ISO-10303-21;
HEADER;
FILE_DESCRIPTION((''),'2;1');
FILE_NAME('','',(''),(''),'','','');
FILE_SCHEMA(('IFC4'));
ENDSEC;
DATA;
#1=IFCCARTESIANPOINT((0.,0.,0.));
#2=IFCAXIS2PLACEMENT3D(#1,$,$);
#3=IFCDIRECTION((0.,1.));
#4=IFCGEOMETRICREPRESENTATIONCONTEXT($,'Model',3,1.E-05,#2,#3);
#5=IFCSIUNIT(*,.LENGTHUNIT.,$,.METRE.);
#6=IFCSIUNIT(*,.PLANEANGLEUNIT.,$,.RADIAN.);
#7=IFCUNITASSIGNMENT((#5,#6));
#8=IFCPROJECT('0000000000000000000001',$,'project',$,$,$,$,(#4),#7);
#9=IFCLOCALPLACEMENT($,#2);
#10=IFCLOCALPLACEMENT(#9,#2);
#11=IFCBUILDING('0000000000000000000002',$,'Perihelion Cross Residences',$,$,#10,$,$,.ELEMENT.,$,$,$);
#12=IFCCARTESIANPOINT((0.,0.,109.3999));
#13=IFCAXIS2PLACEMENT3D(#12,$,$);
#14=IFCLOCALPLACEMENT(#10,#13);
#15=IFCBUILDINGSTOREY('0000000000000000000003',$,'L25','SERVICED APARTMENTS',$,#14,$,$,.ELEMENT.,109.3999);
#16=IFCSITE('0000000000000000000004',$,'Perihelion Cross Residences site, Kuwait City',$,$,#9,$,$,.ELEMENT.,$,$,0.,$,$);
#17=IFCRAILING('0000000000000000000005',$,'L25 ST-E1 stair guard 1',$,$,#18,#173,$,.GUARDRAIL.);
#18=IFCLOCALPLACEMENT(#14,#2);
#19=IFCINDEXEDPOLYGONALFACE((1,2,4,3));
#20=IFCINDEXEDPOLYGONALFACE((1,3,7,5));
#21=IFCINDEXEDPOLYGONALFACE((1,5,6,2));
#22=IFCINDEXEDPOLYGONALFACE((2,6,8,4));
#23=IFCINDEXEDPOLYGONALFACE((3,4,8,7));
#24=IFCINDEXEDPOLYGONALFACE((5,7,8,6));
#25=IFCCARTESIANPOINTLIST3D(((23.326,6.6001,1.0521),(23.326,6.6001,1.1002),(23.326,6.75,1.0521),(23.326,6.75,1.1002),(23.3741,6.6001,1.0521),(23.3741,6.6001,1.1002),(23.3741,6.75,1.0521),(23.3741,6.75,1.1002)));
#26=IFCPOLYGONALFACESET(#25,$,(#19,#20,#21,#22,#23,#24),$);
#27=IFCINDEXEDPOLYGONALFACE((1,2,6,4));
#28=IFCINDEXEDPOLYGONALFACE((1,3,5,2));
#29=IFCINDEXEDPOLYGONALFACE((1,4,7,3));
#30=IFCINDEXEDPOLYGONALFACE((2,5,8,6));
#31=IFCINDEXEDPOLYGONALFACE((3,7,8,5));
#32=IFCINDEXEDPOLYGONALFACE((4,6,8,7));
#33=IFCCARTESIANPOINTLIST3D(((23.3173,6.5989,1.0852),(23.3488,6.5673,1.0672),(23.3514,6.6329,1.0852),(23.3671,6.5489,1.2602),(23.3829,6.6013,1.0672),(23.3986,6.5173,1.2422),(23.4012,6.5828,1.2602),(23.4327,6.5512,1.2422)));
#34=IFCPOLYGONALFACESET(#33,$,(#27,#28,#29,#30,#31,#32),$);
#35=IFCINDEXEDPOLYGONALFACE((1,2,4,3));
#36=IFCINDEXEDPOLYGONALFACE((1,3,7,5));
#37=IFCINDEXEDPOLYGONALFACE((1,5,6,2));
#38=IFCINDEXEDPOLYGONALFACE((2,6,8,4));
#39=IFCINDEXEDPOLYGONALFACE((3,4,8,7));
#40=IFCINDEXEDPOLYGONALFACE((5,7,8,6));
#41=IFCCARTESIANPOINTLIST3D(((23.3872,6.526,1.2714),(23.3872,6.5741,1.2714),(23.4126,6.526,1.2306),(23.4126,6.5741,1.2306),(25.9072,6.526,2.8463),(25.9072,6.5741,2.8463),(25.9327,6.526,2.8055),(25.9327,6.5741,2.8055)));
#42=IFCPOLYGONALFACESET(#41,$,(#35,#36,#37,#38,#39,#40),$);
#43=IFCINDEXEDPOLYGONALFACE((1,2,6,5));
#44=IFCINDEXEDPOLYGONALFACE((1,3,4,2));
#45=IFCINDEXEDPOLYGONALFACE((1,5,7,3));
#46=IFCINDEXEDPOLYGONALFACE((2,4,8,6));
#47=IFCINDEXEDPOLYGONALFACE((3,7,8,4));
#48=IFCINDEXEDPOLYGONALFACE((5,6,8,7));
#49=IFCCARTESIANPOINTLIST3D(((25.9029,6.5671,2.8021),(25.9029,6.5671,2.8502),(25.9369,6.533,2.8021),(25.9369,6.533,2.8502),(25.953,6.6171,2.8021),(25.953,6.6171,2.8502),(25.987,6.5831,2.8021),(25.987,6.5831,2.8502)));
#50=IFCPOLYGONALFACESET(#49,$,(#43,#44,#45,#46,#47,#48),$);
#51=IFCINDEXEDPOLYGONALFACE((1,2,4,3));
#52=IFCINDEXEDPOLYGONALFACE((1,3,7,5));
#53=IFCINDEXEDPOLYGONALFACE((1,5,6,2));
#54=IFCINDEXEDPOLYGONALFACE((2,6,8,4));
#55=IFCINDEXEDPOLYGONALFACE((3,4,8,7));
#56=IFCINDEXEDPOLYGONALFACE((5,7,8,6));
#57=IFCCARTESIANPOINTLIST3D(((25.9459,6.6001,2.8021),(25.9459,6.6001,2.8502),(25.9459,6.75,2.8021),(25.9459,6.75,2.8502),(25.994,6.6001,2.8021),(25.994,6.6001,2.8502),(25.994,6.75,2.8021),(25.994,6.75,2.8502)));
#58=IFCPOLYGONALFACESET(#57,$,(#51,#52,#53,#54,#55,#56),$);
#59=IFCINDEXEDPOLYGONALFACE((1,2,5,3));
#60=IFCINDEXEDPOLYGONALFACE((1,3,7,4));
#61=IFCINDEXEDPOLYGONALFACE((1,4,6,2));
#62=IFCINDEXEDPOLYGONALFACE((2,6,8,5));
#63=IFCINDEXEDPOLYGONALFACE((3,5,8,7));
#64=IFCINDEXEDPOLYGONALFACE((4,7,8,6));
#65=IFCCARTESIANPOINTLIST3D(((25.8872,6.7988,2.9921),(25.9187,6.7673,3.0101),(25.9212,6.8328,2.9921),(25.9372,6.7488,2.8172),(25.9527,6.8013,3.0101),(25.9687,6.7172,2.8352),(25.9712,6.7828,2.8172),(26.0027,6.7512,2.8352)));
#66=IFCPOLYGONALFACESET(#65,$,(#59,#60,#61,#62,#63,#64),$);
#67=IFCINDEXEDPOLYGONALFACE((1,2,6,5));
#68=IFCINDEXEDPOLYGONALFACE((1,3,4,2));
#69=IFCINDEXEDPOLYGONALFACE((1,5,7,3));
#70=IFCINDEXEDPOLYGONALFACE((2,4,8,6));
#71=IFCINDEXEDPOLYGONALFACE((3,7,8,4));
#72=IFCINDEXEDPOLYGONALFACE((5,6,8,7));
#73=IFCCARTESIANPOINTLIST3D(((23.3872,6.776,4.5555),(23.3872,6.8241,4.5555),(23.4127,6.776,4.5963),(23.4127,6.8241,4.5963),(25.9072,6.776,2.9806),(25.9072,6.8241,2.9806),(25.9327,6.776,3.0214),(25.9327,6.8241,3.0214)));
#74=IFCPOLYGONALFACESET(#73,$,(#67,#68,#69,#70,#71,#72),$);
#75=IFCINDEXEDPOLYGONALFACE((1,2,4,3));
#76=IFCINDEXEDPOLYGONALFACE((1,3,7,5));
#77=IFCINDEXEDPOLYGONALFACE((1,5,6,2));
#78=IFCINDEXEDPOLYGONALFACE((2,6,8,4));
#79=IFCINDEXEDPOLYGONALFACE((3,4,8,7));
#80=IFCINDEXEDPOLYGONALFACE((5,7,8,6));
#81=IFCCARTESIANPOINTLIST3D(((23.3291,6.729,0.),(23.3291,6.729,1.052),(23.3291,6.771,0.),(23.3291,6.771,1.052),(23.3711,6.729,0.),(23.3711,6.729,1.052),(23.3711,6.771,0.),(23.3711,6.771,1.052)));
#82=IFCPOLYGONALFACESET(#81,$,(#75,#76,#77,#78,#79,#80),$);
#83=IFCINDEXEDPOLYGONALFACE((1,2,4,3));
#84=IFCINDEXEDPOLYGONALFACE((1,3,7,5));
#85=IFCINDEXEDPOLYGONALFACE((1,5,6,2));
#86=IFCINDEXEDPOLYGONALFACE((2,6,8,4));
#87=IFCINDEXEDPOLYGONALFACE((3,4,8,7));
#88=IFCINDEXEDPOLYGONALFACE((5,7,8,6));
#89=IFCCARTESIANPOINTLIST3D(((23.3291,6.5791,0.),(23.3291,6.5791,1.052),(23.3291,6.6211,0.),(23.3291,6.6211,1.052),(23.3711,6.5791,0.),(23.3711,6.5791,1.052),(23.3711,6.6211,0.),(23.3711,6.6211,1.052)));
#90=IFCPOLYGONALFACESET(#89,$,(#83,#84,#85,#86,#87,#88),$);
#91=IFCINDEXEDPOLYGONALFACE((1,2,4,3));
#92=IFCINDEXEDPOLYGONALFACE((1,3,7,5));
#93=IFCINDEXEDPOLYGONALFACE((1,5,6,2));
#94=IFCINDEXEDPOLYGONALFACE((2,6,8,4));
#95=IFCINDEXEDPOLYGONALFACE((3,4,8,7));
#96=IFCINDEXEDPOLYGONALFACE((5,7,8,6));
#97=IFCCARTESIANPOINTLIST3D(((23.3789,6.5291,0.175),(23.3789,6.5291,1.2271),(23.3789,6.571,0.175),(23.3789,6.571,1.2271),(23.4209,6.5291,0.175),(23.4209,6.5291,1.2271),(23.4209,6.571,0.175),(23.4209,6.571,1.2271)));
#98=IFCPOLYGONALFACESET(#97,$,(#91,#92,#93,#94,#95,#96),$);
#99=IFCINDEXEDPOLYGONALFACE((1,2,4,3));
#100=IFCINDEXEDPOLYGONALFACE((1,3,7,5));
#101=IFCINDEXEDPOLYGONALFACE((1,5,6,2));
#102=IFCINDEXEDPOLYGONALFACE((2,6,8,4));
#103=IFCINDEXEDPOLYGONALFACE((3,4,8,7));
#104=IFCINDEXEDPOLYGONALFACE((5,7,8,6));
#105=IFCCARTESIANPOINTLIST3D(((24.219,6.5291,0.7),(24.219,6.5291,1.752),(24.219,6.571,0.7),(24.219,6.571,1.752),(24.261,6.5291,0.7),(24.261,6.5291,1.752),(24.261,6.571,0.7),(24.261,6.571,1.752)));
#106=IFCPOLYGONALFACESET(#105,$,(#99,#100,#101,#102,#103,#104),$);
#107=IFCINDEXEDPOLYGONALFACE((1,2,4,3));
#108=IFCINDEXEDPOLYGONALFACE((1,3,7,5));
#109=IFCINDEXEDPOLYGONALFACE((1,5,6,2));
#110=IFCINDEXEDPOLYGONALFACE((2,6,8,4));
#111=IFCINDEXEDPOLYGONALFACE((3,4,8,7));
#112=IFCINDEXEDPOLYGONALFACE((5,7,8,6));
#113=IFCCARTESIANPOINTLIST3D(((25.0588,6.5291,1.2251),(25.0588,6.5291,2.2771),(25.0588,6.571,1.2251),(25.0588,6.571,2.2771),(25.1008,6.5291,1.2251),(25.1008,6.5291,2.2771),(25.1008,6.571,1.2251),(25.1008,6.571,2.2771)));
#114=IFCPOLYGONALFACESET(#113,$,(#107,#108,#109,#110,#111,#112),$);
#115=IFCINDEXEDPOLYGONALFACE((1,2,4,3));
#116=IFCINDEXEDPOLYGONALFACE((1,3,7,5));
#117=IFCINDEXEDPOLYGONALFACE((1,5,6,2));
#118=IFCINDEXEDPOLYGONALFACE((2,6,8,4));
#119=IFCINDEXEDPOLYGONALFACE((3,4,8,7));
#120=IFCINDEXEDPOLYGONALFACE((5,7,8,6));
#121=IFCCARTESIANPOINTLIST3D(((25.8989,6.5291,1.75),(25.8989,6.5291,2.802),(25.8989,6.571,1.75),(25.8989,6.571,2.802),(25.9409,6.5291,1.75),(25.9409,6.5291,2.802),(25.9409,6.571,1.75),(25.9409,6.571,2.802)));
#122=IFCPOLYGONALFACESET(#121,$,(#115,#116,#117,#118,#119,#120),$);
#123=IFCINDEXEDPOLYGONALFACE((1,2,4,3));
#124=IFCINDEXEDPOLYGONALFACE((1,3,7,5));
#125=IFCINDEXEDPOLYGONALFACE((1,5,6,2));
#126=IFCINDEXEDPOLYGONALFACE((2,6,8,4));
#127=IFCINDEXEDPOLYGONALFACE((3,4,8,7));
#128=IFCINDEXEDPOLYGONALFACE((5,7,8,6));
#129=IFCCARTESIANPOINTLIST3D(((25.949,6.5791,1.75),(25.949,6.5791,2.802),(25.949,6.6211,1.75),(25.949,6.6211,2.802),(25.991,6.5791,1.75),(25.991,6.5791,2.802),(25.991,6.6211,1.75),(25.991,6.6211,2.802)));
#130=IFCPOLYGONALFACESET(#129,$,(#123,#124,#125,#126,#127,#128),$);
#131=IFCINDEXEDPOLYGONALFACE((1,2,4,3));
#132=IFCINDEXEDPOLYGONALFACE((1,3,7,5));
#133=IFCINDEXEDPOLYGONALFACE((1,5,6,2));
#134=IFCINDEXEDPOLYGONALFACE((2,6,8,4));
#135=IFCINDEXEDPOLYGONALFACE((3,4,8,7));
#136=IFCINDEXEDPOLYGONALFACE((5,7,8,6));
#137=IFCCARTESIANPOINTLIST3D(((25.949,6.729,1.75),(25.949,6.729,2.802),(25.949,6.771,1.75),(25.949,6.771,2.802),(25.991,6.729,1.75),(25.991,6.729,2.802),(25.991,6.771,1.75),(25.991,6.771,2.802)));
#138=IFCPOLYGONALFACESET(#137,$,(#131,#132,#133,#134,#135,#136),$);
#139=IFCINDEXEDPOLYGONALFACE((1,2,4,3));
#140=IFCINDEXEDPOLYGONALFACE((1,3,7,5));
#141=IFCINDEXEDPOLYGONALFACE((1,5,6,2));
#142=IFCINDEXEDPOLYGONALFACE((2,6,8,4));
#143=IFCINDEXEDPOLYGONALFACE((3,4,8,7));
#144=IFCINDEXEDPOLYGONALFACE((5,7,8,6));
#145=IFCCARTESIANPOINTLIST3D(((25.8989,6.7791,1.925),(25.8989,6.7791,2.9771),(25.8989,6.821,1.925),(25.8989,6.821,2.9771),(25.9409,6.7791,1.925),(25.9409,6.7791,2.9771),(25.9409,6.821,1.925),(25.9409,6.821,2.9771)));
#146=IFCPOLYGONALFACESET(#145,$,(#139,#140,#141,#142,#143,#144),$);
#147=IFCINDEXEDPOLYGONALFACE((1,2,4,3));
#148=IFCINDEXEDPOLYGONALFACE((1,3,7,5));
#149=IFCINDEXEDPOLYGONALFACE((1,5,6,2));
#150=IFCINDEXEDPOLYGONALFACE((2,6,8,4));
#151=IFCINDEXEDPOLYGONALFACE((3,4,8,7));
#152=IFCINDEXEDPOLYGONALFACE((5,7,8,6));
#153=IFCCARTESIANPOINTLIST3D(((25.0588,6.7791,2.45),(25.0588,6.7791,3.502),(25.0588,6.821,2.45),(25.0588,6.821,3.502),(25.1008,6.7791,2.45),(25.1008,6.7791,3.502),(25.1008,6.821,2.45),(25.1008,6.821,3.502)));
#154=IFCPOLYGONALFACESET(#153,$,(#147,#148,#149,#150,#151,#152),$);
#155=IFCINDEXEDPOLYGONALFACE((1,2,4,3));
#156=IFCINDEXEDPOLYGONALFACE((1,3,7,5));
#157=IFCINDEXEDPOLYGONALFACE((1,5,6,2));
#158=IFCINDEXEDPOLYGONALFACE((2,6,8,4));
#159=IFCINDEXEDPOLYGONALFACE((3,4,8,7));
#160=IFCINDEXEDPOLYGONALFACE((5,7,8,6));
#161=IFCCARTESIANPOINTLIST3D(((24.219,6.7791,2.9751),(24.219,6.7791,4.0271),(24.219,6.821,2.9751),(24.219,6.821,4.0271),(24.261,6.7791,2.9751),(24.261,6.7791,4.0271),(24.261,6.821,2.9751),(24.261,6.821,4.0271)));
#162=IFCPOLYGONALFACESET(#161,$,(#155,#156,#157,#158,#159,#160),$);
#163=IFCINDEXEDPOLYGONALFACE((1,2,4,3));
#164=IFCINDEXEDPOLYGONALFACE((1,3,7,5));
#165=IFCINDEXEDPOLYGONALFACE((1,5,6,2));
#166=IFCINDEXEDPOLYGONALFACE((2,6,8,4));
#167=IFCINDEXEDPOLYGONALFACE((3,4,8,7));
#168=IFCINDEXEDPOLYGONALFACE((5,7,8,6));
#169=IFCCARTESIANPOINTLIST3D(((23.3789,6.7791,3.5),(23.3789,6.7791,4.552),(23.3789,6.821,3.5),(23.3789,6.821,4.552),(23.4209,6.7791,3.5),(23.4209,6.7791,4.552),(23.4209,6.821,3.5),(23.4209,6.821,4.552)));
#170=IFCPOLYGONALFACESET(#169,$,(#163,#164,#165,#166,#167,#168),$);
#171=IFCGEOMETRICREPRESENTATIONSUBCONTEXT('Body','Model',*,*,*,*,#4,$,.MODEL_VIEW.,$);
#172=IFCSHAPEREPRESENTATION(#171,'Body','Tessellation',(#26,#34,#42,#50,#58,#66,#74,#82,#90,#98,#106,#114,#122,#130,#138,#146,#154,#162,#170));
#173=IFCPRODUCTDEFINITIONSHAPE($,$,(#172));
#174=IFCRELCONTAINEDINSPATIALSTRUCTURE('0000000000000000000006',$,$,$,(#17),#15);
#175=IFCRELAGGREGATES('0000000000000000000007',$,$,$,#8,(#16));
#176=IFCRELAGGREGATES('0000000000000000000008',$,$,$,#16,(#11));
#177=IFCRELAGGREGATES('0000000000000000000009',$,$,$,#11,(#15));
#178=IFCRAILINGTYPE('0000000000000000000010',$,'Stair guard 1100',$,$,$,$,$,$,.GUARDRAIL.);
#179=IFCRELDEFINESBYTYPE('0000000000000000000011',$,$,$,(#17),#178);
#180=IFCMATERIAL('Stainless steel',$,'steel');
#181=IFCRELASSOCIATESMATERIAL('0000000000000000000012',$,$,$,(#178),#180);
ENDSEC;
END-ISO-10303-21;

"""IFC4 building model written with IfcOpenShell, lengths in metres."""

from ifc_helpers import new_model, si_unit, direction, frame, origin, origin_2d, place, context, subcontext, project, spatial, rectangle, extrude, material, type_object, element, save


model = new_model("IFC4")

# Units and contexts
model_context = context("Model", 3, precision=1e-05, world=origin(), true_north=direction((0.0, 1.0)))
body_context = subcontext(model_context, "Body", "Model", "MODEL_VIEW")
ifc_project = project(units=[si_unit("LENGTHUNIT", "METRE"), si_unit("PLANEANGLEUNIT", "RADIAN")], contexts=[model_context])

# Site, building, storey
site_placement = place(None, origin())
site = spatial("IfcSite", under=ifc_project, at=site_placement, Name="Perihelion Cross Residences site, Kuwait City", CompositionType="ELEMENT", RefElevation=0.0)
building_placement = place(site_placement, origin())
building = spatial("IfcBuilding", under=site, at=building_placement, Name="Perihelion Cross Residences", CompositionType="ELEMENT")
storey_placement = place(building_placement, frame((0.0, 0.0, 109.3999)))
storey = spatial("IfcBuildingStorey", under=building, at=storey_placement, Name="L25", Description="SERVICED APARTMENTS", CompositionType="ELEMENT", Elevation=109.3999)

# Railing
ifc_material_1 = material(Name="Stainless steel", Category="steel")
railing_type_1 = type_object("IfcRailingType", Name="Stair guard 1100", PredefinedType="GUARDRAIL", material=ifc_material_1)
railing_1_placement = place(storey_placement, frame((23.3501, 6.75, 0.0)))
element("IfcRailing", 1, at=railing_1_placement, inside=storey, type_object=railing_type_1, Name="L25 ST-E1 stair guard 1", PredefinedType="GUARDRAIL", context=body_context, shape_type="SweptSolid", body=[
    extrude(rectangle(XDim=0.0481, YDim=0.0481, at=origin_2d()), frame((0.0, 0.0, 1.0762), z_axis=(0.0, -1.0, 0.0), x_axis=(1.0, 0.0, 0.0)), (0.0, 0.0, 1.0), 0.1499),
    extrude(rectangle(XDim=0.0481, YDim=0.0481, at=origin_2d()), frame((0.0, -0.1499, 1.0762), z_axis=(0.263862, -0.265156, 0.927399), x_axis=(0.708834, 0.705376, 0.0)), (0.0, 0.0, 1.0), 0.1887),
    extrude(rectangle(XDim=0.0481, YDim=0.0481, at=origin_2d()), frame((0.0498, -0.2, 1.251), z_axis=(0.848008, 0.0, 0.529984), x_axis=(0.0, 1.0, 0.0)), (0.0, 0.0, 1.0), 2.9717),
    extrude(rectangle(XDim=0.0481, YDim=0.0481, at=origin_2d()), frame((2.5698, -0.2, 2.8262), z_axis=(0.707107, 0.707107, 0.0), x_axis=(-0.707107, 0.707107, 0.0)), (0.0, 0.0, 1.0), 0.0708),
    extrude(rectangle(XDim=0.0481, YDim=0.0481, at=origin_2d()), frame((2.6199, -0.1499, 2.8262), z_axis=(0.0, 1.0, 0.0), x_axis=(-1.0, 0.0, 0.0)), (0.0, 0.0, 1.0), 0.1499),
    extrude(rectangle(XDim=0.0481, YDim=0.0481, at=origin_2d()), frame((2.6199, 0.0, 2.8262), z_axis=(-0.265065, 0.265065, 0.927082), x_axis=(-0.707107, -0.707107, 0.0)), (0.0, 0.0, 1.0), 0.1887),
    extrude(rectangle(XDim=0.0481, YDim=0.0481, at=origin_2d()), frame((2.5698, 0.05, 3.001), z_axis=(-0.848008, 0.0, 0.529984), x_axis=(0.0, -1.0, 0.0)), (0.0, 0.0, 1.0), 2.9717),
    extrude(rectangle(XDim=0.042, YDim=0.042, at=origin_2d()), origin(), (0.0, 0.0, 1.0), 1.052),
    extrude(rectangle(XDim=0.042, YDim=0.042, at=origin_2d()), frame((0.0, -0.1499, 0.0)), (0.0, 0.0, 1.0), 1.052),
    extrude(rectangle(XDim=0.042, YDim=0.042, at=origin_2d()), frame((0.0498, -0.2, 0.175)), (0.0, 0.0, 1.0), 1.052),
    extrude(rectangle(XDim=0.042, YDim=0.042, at=origin_2d()), frame((0.8899, -0.2, 0.7)), (0.0, 0.0, 1.0), 1.052),
    extrude(rectangle(XDim=0.042, YDim=0.042, at=origin_2d()), frame((1.7297, -0.2, 1.2251)), (0.0, 0.0, 1.0), 1.052),
    extrude(rectangle(XDim=0.042, YDim=0.042, at=origin_2d()), frame((2.5698, -0.2, 1.75)), (0.0, 0.0, 1.0), 1.052),
    extrude(rectangle(XDim=0.042, YDim=0.042, at=origin_2d()), frame((2.6199, -0.1499, 1.75)), (0.0, 0.0, 1.0), 1.052),
    extrude(rectangle(XDim=0.042, YDim=0.042, at=origin_2d()), frame((2.6199, 0.0, 1.75)), (0.0, 0.0, 1.0), 1.052),
    extrude(rectangle(XDim=0.042, YDim=0.042, at=origin_2d()), frame((2.5698, 0.05, 1.925)), (0.0, 0.0, 1.0), 1.052),
    extrude(rectangle(XDim=0.042, YDim=0.042, at=origin_2d()), frame((1.7297, 0.05, 2.45)), (0.0, 0.0, 1.0), 1.052),
    extrude(rectangle(XDim=0.042, YDim=0.042, at=origin_2d()), frame((0.8899, 0.05, 2.9751)), (0.0, 0.0, 1.0), 1.052),
    extrude(rectangle(XDim=0.042, YDim=0.042, at=origin_2d()), frame((0.0498, 0.05, 3.5)), (0.0, 0.0, 1.0), 1.052),
])

save(model, "model.ifc")
